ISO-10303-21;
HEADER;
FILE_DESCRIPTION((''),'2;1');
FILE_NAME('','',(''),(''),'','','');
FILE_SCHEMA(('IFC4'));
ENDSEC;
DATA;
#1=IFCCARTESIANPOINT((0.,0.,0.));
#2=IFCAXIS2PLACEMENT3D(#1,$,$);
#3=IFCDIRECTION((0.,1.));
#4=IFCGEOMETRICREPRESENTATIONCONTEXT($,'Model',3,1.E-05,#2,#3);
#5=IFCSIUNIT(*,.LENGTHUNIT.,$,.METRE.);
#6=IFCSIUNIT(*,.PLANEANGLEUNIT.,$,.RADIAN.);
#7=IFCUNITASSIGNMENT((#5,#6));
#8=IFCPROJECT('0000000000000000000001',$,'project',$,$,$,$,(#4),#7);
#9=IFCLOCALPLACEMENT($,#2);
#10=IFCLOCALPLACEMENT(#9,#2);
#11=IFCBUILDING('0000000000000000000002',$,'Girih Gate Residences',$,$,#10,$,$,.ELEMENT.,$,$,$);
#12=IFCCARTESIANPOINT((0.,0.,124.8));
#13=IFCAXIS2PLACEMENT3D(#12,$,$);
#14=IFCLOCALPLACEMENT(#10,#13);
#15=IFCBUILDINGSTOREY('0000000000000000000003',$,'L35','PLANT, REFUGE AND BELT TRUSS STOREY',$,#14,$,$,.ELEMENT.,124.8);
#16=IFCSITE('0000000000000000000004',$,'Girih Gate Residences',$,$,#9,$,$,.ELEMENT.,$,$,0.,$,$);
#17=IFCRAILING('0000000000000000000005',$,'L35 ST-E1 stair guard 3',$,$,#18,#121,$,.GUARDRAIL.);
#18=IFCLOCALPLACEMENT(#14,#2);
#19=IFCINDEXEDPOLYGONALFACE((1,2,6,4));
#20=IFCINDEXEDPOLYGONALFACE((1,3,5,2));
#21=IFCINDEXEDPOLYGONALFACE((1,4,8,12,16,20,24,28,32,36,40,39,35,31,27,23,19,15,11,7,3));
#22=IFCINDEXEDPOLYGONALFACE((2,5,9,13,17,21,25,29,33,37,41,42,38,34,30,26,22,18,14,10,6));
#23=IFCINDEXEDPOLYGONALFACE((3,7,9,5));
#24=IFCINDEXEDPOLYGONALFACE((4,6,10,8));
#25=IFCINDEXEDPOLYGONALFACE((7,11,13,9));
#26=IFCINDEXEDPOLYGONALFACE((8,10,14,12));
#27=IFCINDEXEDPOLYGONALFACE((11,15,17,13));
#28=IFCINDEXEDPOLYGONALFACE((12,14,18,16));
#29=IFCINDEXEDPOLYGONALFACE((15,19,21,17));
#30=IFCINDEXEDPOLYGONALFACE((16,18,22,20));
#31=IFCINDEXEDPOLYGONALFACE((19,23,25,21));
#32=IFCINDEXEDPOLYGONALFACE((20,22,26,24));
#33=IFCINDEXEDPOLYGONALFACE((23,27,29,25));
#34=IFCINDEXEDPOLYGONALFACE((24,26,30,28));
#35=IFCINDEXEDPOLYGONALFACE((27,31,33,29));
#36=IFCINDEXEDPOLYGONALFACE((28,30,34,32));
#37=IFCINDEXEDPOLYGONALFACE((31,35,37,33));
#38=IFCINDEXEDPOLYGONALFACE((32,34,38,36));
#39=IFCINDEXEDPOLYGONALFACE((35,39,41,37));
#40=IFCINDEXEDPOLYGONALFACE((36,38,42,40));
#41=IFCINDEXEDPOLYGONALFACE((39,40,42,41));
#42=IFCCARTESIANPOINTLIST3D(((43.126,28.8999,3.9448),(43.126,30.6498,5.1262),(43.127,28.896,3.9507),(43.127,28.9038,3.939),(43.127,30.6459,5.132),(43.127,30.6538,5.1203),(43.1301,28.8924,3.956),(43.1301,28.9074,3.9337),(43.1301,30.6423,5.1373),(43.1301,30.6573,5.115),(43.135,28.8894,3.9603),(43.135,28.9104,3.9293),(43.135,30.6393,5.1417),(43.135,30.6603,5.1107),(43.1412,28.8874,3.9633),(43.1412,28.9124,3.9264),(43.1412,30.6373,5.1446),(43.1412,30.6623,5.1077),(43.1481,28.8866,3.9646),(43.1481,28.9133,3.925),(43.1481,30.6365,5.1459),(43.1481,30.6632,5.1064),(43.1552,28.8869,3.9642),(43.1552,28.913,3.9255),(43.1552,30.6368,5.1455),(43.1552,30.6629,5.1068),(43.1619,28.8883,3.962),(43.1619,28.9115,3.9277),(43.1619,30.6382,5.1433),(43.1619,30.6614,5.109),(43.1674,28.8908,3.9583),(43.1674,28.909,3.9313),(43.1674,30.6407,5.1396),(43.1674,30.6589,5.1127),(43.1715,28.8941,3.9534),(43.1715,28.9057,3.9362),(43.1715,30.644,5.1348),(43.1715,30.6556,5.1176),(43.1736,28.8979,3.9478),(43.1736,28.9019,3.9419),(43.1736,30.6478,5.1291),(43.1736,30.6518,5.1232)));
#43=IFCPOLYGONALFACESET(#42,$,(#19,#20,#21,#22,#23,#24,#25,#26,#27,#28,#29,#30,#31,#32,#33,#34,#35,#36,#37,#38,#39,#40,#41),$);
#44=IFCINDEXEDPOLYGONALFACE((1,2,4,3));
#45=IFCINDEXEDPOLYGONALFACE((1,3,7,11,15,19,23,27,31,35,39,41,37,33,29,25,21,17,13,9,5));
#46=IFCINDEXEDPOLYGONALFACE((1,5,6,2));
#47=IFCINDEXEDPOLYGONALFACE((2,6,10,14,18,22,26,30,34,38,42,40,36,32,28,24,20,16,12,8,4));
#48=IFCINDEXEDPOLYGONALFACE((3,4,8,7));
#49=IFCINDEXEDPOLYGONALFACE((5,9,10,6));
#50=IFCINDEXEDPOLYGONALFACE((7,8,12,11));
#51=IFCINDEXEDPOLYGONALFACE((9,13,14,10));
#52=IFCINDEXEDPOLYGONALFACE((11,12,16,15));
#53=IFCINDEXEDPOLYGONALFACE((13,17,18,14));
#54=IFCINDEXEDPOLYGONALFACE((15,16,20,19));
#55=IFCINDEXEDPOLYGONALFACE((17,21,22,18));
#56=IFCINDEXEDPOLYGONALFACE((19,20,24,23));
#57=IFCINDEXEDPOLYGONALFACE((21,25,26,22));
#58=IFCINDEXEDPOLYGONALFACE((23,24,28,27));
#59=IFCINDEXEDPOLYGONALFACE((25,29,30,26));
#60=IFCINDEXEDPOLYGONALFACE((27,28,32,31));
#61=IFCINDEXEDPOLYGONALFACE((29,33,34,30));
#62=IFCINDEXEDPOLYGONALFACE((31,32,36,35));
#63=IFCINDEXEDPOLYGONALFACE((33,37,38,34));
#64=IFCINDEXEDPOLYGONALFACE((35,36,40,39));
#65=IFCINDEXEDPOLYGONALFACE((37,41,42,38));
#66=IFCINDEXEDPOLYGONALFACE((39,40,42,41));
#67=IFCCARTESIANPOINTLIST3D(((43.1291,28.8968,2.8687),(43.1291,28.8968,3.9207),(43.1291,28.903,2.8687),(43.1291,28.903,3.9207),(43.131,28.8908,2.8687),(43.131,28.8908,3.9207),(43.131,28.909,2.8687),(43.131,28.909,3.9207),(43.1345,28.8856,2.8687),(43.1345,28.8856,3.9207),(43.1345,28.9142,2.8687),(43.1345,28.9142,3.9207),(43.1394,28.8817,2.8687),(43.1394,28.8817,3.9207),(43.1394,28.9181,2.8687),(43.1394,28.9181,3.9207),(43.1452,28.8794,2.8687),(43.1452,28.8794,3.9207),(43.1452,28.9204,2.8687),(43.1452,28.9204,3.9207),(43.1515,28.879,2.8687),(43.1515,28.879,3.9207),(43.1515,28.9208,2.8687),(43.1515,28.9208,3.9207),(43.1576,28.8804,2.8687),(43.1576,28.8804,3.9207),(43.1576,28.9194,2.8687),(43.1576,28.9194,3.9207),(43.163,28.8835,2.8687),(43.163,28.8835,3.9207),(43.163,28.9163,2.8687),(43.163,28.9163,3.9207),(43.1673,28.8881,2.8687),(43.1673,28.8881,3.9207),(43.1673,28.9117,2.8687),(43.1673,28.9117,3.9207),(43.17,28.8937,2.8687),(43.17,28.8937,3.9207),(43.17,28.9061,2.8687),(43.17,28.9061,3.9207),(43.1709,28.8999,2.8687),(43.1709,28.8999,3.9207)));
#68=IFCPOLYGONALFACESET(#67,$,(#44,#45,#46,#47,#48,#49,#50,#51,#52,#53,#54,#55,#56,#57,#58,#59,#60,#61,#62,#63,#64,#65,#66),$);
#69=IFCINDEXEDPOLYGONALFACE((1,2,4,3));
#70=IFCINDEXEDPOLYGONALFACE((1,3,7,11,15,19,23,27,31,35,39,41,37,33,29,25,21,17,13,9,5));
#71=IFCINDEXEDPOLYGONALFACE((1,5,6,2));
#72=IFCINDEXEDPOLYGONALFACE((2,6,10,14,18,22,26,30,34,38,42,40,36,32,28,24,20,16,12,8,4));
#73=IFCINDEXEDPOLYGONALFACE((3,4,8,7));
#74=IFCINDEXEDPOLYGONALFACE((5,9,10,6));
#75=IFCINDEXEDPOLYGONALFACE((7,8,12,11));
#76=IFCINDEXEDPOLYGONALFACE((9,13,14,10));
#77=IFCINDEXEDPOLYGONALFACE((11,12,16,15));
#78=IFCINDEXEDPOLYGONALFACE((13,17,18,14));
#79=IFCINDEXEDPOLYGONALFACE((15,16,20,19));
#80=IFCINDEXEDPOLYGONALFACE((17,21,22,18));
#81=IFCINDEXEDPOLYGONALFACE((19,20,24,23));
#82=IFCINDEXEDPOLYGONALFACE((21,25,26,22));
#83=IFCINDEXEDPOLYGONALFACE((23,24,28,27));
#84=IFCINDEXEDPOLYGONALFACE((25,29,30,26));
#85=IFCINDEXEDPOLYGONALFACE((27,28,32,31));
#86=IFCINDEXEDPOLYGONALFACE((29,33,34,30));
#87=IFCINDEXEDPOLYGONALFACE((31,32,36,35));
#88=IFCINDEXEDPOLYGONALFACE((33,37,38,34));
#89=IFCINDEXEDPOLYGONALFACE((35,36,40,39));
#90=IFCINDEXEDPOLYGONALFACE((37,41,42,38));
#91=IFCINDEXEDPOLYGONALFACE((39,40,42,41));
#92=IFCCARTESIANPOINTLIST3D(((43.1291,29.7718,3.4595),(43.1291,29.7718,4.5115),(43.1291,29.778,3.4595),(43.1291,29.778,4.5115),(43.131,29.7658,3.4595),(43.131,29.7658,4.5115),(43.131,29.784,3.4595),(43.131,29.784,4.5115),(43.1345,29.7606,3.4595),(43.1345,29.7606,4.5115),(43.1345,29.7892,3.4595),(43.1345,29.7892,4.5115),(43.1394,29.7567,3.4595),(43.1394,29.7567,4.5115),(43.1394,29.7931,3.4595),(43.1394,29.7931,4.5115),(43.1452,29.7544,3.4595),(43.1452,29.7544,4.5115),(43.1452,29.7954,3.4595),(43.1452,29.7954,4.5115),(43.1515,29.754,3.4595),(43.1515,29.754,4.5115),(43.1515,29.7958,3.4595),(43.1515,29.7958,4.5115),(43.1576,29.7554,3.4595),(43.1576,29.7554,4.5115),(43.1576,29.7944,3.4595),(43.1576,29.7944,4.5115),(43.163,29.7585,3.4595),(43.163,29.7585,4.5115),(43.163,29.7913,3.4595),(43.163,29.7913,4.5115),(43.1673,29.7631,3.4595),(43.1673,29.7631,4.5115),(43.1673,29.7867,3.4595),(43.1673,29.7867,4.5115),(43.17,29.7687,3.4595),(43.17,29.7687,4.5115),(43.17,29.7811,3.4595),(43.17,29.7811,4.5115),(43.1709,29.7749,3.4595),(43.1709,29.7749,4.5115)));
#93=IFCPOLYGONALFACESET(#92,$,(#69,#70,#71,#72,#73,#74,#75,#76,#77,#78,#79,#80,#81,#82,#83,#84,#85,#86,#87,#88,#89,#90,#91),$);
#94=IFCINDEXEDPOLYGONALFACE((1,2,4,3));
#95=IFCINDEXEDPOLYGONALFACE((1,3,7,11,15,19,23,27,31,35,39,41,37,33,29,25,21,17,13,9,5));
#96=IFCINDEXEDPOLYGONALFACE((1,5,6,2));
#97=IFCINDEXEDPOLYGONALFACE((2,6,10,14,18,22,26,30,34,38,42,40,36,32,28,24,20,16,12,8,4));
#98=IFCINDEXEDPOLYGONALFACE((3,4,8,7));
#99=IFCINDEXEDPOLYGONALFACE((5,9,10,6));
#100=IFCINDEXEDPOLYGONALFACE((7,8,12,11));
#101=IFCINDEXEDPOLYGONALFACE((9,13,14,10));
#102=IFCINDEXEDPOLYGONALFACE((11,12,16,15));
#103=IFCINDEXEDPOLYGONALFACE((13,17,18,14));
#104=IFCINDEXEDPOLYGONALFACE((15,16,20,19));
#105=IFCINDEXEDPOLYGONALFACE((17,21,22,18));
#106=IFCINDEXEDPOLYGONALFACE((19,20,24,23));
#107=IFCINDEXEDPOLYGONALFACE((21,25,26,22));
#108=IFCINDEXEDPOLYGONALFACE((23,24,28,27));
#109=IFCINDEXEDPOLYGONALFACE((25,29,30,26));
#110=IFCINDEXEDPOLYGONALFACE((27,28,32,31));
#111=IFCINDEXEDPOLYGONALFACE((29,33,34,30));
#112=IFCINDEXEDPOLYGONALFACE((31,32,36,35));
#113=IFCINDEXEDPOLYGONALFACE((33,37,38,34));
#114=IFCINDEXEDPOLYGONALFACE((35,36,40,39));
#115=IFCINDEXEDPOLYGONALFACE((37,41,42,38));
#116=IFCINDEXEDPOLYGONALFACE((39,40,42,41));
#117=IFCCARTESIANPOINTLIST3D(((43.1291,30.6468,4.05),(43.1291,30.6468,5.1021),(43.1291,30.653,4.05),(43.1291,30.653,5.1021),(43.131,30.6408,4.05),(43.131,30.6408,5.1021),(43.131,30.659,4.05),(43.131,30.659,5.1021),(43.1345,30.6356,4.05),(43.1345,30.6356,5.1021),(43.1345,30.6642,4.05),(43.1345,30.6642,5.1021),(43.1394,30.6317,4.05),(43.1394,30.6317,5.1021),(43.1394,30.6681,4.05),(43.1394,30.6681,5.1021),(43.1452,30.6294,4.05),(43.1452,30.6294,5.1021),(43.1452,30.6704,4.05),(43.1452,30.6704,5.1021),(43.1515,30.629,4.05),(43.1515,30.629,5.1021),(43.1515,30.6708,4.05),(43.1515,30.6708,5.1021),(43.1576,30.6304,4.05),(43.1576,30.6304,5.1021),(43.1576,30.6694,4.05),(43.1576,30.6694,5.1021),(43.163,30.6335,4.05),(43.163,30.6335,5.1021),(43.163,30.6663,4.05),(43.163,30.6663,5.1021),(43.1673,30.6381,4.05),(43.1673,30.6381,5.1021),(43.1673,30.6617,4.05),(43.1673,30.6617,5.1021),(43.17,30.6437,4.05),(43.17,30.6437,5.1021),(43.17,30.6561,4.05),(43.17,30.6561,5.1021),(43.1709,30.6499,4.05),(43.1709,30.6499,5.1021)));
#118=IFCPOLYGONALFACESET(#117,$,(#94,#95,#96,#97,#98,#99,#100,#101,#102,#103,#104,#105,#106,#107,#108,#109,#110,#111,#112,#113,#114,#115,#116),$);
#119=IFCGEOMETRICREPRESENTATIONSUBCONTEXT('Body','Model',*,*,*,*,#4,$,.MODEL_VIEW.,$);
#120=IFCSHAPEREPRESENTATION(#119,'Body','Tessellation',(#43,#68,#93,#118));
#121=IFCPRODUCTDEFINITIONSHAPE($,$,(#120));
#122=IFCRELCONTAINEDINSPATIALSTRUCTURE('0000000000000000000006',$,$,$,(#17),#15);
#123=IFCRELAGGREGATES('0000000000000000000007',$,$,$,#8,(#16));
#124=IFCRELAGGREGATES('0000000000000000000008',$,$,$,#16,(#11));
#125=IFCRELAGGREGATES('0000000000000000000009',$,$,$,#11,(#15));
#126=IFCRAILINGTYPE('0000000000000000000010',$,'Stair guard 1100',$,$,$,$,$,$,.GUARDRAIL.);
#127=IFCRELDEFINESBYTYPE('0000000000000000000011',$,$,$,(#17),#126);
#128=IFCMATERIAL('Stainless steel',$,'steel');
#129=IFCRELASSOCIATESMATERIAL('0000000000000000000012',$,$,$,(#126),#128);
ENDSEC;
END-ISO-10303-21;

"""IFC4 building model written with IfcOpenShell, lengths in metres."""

from ifc_helpers import new_model, si_unit, direction, frame, origin, origin_2d, place, context, subcontext, project, spatial, circle, extrude, material, type_object, element, save


model = new_model("IFC4")

# Units and contexts
model_context = context("Model", 3, precision=1e-05, world=origin(), true_north=direction((0.0, 1.0)))
body_context = subcontext(model_context, "Body", "Model", "MODEL_VIEW")
ifc_project = project(units=[si_unit("LENGTHUNIT", "METRE"), si_unit("PLANEANGLEUNIT", "RADIAN")], contexts=[model_context])

# Site, building, storey
site_placement = place(None, origin())
site = spatial("IfcSite", under=ifc_project, at=site_placement, Name="Girih Gate Residences", CompositionType="ELEMENT", RefElevation=0.0)
building_placement = place(site_placement, origin())
building = spatial("IfcBuilding", under=site, at=building_placement, Name="Girih Gate Residences", CompositionType="ELEMENT")
storey_placement = place(building_placement, frame((0.0, 0.0, 124.8)))
storey = spatial("IfcBuildingStorey", under=building, at=storey_placement, Name="L35", Description="PLANT, REFUGE AND BELT TRUSS STOREY", CompositionType="ELEMENT", Elevation=124.8)

# Railing
ifc_material_1 = material(Name="Stainless steel", Category="steel")
railing_type_1 = type_object("IfcRailingType", Name="Stair guard 1100", PredefinedType="GUARDRAIL", material=ifc_material_1)
railing_1_placement = place(storey_placement, frame((43.1499, 28.8999, 2.8687)))
element("IfcRailing", 1, at=railing_1_placement, inside=storey, type_object=railing_type_1, Name="L35 ST-E1 stair guard 3", PredefinedType="GUARDRAIL", context=body_context, shape_type="SweptSolid", body=[
    extrude(circle(Radius=0.0239, at=origin_2d()), frame((0.0, 0.0, 1.0762), z_axis=(0.0, 0.828817, 0.559521), x_axis=(-1.0, 0.0, 0.0)), (0.0, 0.0, 1.0), 2.1113),
    extrude(circle(Radius=0.021, at=origin_2d()), origin(), (0.0, 0.0, 1.0), 1.052),
    extrude(circle(Radius=0.021, at=origin_2d()), frame((0.0, 0.875, 0.5908)), (0.0, 0.0, 1.0), 1.052),
    extrude(circle(Radius=0.021, at=origin_2d()), frame((0.0, 1.75, 1.1814)), (0.0, 0.0, 1.0), 1.052),
])

save(model, "model.ifc")
